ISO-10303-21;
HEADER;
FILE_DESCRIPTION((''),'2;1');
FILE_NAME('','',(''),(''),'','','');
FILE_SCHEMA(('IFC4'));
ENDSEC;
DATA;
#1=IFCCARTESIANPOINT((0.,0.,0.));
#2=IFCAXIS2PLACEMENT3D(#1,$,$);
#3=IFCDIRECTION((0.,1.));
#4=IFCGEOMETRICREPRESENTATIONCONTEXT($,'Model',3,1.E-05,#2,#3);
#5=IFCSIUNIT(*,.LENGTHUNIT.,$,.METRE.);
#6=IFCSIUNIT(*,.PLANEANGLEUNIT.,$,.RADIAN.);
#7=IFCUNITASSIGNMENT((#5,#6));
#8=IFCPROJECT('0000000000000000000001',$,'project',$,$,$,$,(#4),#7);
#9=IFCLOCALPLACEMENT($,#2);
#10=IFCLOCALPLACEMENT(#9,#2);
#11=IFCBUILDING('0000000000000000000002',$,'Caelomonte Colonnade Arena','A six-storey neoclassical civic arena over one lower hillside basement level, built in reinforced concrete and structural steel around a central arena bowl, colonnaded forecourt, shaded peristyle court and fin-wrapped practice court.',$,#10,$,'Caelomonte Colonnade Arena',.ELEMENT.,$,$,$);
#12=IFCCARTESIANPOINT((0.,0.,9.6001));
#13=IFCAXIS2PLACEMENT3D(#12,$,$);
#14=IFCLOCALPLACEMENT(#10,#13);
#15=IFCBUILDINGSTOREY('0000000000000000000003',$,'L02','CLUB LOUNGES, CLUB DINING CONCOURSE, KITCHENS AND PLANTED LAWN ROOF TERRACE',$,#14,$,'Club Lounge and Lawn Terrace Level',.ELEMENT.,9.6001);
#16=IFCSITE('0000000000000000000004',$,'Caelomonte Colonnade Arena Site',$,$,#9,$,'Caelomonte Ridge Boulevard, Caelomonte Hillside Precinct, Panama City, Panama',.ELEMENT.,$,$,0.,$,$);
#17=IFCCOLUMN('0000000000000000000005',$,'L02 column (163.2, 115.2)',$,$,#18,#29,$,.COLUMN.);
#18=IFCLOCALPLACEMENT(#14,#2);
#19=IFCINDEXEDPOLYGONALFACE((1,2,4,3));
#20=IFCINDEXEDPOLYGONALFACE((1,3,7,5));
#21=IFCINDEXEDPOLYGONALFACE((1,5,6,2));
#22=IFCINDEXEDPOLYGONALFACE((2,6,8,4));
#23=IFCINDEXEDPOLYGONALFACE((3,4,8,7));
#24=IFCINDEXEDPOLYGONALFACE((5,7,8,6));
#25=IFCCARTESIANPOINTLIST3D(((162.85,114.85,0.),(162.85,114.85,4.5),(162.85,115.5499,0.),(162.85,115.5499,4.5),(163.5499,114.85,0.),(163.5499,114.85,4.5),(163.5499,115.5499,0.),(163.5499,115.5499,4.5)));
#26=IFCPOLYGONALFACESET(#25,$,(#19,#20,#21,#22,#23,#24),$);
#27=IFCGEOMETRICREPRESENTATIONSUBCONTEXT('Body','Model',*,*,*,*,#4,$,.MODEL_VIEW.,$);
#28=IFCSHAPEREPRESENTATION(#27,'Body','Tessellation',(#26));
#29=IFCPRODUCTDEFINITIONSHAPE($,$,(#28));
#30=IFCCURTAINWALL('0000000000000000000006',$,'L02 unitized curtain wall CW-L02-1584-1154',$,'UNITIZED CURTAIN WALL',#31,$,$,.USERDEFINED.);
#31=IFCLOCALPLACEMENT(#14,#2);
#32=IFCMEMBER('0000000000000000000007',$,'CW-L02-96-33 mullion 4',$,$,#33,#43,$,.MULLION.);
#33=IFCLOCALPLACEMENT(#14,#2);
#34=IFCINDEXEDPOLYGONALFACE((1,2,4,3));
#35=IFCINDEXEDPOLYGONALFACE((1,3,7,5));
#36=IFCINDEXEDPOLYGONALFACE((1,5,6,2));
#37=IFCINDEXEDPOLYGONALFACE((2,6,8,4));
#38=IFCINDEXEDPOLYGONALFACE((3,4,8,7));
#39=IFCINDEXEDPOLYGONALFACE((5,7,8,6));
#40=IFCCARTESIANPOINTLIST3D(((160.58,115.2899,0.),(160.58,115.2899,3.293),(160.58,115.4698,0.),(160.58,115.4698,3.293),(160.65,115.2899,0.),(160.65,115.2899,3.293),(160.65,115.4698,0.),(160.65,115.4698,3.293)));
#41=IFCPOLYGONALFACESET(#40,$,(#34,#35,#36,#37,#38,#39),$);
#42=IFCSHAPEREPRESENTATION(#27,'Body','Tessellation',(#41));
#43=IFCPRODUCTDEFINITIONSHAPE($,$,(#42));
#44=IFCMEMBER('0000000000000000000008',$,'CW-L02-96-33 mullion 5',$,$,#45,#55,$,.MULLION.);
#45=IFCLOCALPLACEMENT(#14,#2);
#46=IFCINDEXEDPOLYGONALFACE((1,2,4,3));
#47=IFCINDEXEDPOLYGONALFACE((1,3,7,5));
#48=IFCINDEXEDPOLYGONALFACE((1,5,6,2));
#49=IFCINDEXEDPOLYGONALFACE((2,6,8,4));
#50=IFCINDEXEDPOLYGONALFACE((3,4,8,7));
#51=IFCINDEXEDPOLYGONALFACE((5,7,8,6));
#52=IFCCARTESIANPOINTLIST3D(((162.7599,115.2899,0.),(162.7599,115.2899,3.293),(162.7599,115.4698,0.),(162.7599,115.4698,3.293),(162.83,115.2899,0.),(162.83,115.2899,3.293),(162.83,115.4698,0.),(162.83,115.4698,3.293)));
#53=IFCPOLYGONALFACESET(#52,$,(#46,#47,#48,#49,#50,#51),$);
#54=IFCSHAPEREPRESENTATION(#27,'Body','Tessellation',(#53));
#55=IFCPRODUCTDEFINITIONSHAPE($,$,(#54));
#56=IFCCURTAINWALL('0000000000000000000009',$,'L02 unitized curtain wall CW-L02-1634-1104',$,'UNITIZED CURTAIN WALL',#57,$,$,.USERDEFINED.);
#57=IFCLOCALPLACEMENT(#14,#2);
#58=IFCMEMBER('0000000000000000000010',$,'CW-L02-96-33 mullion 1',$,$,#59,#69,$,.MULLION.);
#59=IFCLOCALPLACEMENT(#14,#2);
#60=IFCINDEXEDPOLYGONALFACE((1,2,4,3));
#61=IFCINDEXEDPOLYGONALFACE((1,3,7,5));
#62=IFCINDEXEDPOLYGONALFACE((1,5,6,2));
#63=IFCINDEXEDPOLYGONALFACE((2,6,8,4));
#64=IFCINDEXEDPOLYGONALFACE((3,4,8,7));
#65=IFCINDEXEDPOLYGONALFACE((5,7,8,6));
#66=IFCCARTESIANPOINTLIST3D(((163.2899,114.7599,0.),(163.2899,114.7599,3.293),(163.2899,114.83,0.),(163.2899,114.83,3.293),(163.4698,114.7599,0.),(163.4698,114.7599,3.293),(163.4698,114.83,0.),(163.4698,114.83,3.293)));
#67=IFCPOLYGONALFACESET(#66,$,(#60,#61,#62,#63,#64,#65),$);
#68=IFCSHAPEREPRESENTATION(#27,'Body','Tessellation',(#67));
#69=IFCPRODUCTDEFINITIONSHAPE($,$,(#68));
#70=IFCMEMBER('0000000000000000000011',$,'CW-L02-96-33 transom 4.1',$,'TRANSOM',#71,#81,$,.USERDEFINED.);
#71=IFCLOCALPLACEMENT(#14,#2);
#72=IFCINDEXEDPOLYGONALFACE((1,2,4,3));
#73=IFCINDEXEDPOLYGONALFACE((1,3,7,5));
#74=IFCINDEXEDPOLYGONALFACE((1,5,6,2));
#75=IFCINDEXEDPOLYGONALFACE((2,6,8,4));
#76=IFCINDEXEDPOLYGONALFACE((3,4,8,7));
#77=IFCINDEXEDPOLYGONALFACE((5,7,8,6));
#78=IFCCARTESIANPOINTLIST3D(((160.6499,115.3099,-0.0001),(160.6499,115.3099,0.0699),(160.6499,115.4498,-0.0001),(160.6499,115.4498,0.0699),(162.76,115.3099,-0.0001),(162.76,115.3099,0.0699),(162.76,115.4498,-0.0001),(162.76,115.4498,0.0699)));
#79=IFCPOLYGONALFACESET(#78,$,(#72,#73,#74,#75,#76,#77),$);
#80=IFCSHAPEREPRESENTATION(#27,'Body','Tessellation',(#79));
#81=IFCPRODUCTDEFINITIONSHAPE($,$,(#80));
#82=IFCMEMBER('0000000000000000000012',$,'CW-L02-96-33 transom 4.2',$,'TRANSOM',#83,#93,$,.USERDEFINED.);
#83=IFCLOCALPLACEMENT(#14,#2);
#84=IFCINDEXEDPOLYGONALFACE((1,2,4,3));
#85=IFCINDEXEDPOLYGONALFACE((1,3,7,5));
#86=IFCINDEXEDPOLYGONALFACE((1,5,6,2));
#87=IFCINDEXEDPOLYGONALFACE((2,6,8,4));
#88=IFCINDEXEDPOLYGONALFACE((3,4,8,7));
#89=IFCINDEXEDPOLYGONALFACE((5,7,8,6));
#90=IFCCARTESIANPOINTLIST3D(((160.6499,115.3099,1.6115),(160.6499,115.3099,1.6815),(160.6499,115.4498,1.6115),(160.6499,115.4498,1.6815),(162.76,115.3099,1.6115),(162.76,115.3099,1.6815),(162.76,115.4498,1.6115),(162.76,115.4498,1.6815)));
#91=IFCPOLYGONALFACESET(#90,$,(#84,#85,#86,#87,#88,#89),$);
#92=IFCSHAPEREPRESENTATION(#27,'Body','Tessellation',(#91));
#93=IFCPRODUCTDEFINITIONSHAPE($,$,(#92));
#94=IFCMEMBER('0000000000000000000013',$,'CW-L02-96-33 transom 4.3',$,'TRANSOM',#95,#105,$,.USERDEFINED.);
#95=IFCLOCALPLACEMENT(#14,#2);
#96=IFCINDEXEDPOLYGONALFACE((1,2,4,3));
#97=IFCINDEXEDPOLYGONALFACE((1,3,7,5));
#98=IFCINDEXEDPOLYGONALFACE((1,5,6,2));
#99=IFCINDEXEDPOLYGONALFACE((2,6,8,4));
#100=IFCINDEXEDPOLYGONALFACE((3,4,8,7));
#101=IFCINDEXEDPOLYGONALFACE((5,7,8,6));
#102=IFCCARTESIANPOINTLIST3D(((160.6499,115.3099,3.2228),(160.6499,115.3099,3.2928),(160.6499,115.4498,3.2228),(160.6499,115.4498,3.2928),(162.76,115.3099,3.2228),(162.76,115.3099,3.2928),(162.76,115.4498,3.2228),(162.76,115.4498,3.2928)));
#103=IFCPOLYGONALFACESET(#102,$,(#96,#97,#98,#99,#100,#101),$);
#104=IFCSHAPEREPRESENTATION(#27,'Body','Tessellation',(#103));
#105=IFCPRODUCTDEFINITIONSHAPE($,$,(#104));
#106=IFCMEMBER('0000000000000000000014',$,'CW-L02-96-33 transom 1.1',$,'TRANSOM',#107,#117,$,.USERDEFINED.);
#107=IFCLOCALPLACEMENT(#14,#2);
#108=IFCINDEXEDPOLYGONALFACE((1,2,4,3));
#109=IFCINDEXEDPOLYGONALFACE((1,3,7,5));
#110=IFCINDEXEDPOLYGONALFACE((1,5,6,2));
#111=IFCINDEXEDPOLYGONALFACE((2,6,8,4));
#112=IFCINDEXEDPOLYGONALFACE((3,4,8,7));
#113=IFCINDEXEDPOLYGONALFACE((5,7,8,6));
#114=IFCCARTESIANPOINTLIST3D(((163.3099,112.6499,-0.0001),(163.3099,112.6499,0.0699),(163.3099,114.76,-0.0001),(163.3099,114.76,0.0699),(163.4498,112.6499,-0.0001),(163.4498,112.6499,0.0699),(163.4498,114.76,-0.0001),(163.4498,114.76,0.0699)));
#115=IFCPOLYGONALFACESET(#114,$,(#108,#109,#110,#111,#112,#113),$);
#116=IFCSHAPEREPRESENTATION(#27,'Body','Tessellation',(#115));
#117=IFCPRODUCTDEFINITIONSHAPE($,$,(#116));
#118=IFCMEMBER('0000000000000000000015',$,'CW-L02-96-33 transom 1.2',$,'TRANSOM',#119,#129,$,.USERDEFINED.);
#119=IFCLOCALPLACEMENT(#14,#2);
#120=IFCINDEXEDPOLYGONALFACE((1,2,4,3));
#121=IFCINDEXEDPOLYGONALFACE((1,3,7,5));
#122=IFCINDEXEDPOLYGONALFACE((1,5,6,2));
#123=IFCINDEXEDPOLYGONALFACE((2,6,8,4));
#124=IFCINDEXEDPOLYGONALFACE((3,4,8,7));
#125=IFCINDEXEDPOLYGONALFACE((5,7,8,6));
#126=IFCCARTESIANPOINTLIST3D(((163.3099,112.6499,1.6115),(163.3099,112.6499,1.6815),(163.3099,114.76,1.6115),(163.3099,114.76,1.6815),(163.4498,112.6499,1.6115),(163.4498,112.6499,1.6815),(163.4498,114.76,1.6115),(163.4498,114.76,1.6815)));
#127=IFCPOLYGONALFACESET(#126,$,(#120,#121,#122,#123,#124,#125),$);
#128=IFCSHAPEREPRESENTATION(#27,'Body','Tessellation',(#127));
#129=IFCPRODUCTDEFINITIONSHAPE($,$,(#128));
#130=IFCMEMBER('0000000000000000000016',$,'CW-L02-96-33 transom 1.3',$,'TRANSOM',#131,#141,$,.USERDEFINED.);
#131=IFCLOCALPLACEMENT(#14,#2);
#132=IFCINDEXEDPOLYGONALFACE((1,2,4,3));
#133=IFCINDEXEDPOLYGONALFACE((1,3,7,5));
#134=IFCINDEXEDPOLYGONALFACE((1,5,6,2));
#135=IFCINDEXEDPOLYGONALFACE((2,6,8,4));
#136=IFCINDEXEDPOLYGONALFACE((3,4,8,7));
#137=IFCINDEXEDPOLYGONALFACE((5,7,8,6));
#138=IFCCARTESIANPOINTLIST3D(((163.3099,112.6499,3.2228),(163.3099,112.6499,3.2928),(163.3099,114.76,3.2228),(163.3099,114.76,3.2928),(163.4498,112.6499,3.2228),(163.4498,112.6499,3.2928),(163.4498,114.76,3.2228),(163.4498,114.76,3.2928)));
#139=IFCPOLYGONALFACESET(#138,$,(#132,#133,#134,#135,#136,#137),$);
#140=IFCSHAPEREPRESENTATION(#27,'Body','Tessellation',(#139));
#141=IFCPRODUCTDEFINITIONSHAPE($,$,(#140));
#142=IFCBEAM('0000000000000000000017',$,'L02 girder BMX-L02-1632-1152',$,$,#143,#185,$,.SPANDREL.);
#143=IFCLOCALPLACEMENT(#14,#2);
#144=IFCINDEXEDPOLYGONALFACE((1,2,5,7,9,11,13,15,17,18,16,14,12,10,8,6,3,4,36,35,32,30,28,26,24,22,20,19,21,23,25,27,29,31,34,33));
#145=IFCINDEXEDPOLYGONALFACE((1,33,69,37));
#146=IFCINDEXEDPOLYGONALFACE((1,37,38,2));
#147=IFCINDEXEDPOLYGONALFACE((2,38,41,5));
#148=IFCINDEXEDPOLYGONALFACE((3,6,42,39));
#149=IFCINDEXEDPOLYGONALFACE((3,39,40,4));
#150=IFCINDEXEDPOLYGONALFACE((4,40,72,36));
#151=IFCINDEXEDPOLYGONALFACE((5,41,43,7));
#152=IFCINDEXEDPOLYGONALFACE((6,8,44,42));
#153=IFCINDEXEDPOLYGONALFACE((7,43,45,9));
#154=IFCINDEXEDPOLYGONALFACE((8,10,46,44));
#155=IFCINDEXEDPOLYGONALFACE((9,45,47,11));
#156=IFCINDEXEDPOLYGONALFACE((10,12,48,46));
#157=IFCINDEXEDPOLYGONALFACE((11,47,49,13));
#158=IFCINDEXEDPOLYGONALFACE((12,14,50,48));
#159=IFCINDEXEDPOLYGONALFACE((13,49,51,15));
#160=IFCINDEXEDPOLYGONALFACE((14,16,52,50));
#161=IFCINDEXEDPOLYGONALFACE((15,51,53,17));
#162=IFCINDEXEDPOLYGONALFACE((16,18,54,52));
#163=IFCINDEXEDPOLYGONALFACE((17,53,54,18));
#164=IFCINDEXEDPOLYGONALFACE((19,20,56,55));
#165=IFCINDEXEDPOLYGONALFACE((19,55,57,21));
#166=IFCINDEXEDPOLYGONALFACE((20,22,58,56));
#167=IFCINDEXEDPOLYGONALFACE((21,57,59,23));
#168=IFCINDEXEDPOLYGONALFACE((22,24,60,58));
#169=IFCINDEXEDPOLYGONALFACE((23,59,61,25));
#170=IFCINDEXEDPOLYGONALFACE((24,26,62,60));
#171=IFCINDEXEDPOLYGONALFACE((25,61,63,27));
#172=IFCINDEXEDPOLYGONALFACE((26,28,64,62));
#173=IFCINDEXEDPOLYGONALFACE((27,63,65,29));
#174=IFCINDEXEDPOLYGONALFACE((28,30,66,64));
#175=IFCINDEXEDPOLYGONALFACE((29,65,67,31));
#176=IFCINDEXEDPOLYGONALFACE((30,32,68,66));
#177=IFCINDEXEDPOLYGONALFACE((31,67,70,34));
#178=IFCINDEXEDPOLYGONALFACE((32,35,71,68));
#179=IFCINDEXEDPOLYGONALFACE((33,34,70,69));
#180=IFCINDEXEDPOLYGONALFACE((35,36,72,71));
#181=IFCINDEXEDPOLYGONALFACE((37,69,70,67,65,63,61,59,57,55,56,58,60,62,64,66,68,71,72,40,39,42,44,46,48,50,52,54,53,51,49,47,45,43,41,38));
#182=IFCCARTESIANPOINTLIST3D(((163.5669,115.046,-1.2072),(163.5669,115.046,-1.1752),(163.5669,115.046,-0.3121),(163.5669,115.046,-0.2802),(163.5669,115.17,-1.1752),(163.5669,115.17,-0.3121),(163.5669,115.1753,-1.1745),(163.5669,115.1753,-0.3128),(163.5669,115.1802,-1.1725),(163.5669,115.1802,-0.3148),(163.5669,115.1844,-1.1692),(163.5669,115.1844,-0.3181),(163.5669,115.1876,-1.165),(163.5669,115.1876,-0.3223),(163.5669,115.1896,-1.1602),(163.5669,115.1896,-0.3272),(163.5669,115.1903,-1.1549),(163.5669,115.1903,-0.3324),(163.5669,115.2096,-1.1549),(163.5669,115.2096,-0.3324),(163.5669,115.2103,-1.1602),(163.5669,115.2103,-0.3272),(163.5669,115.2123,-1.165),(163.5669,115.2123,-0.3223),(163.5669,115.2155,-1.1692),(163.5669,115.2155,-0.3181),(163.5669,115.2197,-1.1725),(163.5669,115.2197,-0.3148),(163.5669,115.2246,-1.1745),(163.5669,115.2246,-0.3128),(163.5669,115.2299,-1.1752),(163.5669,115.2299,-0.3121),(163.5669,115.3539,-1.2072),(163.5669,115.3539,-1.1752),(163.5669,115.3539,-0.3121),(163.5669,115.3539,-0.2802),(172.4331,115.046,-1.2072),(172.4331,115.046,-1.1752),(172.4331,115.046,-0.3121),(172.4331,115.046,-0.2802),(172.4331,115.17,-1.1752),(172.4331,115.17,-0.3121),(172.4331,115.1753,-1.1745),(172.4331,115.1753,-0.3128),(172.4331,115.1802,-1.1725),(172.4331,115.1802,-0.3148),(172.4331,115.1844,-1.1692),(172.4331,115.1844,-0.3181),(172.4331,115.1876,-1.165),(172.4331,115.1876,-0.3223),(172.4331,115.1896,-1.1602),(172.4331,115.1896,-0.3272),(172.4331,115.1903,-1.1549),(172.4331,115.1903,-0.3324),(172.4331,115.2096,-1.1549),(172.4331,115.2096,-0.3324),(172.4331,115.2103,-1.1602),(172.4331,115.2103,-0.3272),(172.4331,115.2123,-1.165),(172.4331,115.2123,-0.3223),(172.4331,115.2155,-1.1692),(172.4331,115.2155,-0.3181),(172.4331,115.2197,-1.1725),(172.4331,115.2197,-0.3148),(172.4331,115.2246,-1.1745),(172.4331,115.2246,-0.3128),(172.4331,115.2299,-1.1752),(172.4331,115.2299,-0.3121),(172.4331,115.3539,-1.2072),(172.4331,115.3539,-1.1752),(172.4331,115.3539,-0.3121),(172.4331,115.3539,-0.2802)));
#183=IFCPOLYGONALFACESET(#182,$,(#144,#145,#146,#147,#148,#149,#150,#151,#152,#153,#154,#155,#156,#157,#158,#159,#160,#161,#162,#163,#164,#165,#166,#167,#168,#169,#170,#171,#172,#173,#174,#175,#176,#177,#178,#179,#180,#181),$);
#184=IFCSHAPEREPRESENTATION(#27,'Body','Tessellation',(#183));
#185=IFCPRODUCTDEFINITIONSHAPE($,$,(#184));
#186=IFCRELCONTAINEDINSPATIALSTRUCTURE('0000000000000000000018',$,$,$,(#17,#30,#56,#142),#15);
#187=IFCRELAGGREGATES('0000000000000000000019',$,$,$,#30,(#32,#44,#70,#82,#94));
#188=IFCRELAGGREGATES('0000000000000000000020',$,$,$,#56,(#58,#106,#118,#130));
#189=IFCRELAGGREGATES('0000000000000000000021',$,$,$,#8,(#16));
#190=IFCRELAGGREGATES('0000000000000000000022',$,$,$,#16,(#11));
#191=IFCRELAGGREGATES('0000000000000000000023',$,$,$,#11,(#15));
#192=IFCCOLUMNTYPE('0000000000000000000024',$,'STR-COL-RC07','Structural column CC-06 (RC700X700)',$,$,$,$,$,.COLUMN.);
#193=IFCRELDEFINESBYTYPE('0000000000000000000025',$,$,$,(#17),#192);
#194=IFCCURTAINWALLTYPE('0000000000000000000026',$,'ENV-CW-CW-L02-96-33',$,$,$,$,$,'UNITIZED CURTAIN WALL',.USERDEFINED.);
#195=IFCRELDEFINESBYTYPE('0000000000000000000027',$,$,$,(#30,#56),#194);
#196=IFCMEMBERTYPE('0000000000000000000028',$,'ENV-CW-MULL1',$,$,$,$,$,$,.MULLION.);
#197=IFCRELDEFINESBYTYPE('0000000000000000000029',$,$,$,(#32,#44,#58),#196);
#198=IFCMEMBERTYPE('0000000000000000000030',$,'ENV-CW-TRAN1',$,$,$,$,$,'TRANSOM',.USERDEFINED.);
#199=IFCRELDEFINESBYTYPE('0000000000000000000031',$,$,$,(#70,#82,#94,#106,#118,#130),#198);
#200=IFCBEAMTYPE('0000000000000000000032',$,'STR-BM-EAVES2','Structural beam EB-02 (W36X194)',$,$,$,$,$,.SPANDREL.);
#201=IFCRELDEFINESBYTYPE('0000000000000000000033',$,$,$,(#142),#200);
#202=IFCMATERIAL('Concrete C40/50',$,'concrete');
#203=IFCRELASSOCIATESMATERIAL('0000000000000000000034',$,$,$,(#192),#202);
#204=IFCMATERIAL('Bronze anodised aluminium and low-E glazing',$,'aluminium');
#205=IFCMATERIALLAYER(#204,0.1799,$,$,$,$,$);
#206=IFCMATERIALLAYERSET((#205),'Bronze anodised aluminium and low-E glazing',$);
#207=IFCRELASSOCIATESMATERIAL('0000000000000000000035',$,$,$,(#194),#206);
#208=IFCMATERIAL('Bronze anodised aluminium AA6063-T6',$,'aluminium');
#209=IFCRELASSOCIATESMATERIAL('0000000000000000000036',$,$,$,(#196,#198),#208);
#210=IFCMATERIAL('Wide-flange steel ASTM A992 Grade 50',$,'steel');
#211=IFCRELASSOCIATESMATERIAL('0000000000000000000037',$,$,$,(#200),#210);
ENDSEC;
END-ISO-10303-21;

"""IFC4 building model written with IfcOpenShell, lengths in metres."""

from ifc_helpers import new_model, si_unit, direction, frame, origin, origin_2d, place, context, subcontext, project, spatial, rectangle, i_section, extrude, material, layer, layer_set, material_profile, profile_set, type_object, element, aggregate, save


model = new_model("IFC4")

# Units and contexts
model_context = context("Model", 3, precision=1e-05, world=origin(), true_north=direction((0.0, 1.0)))
body_context = subcontext(model_context, "Body", "Model", "MODEL_VIEW")
ifc_project = project(units=[si_unit("LENGTHUNIT", "METRE"), si_unit("PLANEANGLEUNIT", "RADIAN")], contexts=[model_context])

# Site, building, storey
site_placement = place(None, origin())
site = spatial("IfcSite", under=ifc_project, at=site_placement, Name="Caelomonte Colonnade Arena Site", LongName="Caelomonte Ridge Boulevard, Caelomonte Hillside Precinct, Panama City, Panama", CompositionType="ELEMENT", RefElevation=0.0)
building_placement = place(site_placement, origin())
building = spatial("IfcBuilding", under=site, at=building_placement, Name="Caelomonte Colonnade Arena", Description="A six-storey neoclassical civic arena over one lower hillside basement level, built in reinforced concrete and structural steel around a central arena bowl, colonnaded forecourt, shaded peristyle court and fin-wrapped practice court.", LongName="Caelomonte Colonnade Arena", CompositionType="ELEMENT")
storey_placement = place(building_placement, frame((0.0, 0.0, 9.6001)))
storey = spatial("IfcBuildingStorey", under=building, at=storey_placement, Name="L02", Description="CLUB LOUNGES, CLUB DINING CONCOURSE, KITCHENS AND PLANTED LAWN ROOF TERRACE", LongName="Club Lounge and Lawn Terrace Level", CompositionType="ELEMENT", Elevation=9.6001)

# Column
ifc_material_1 = material(Name="Concrete C40/50", Category="concrete")
ifc_material_profile_1 = material_profile(ifc_material_1, rectangle(XDim=0.7, YDim=0.7, at=origin_2d()), Name="RC700X700")
ifc_profile_set_1 = profile_set([ifc_material_profile_1], Name="Concrete C40/50")
column_type = type_object("IfcColumnType", Name="STR-COL-RC07", Description="Structural column CC-06 (RC700X700)", PredefinedType="COLUMN", material=ifc_profile_set_1)
column_placement = place(storey_placement, frame((163.2, 115.2, 0.0), z_axis=(0.0, 0.0, 1.0), x_axis=(1.0, 0.0, 0.0)))
element("IfcColumn", 1, at=column_placement, inside=storey, type_object=column_type, Name="L02 column (163.2, 115.2)", PredefinedType="COLUMN", context=body_context, shape_type="SweptSolid", body=[
    extrude(rectangle(XDim=0.7, YDim=0.7, at=origin_2d()), origin(), (0.0, 0.0, 1.0), 4.5),
])

# Curtain wall, members
ifc_material_2 = material(Name="Bronze anodised aluminium and low-E glazing", Category="aluminium")
ifc_layer_1 = layer(ifc_material_2, 0.1799)
ifc_layer_set_1 = layer_set([ifc_layer_1], Name="Bronze anodised aluminium and low-E glazing")
curtain_wall_type = type_object("IfcCurtainWallType", Name="ENV-CW-CW-L02-96-33", ElementType="UNITIZED CURTAIN WALL", PredefinedType="USERDEFINED", material=ifc_layer_set_1)
curtain_wall_1_placement = place(storey_placement, origin())
curtain_wall_1 = element("IfcCurtainWall", 2, at=curtain_wall_1_placement, inside=storey, type_object=curtain_wall_type, Name="L02 unitized curtain wall CW-L02-1584-1154", ObjectType="UNITIZED CURTAIN WALL", PredefinedType="USERDEFINED")
ifc_material_3 = material(Name="Bronze anodised aluminium AA6063-T6", Category="aluminium")
ifc_material_profile_2 = material_profile(ifc_material_3, rectangle(XDim=0.0701, YDim=0.1799, at=origin_2d()), Name="CWM-70X180")
ifc_profile_set_2 = profile_set([ifc_material_profile_2], Name="Bronze anodised aluminium AA6063-T6")
member_type_1 = type_object("IfcMemberType", Name="ENV-CW-MULL1", PredefinedType="MULLION", material=ifc_profile_set_2)
member_1_placement = place(storey_placement, frame((160.615, 115.3799, 0.0), z_axis=(0.0, 0.0, 1.0), x_axis=(1.0, 0.0, 0.0)))
member_1 = element("IfcMember", 3, at=member_1_placement, type_object=member_type_1, Name="CW-L02-96-33 mullion 4", PredefinedType="MULLION", context=body_context, shape_type="SweptSolid", body=[
    extrude(rectangle(XDim=0.0701, YDim=0.1799, at=origin_2d()), origin(), (0.0, 0.0, 1.0), 3.293),
])
member_2_placement = place(storey_placement, frame((162.7949, 115.3799, 0.0), z_axis=(0.0, 0.0, 1.0), x_axis=(1.0, 0.0, 0.0)))
member_2 = element("IfcMember", 4, at=member_2_placement, type_object=member_type_1, Name="CW-L02-96-33 mullion 5", PredefinedType="MULLION", context=body_context, shape_type="SweptSolid", body=[
    extrude(rectangle(XDim=0.0701, YDim=0.1799, at=origin_2d()), origin(), (0.0, 0.0, 1.0), 3.293),
])

# Curtain wall, member
curtain_wall_2_placement = place(storey_placement, origin())
curtain_wall_2 = element("IfcCurtainWall", 5, at=curtain_wall_2_placement, inside=storey, type_object=curtain_wall_type, Name="L02 unitized curtain wall CW-L02-1634-1104", ObjectType="UNITIZED CURTAIN WALL", PredefinedType="USERDEFINED")
member_3_placement = place(storey_placement, frame((163.3799, 114.7949, 0.0), z_axis=(0.0, 0.0, 1.0), x_axis=(0.0, -1.0, 0.0)))
member_3 = element("IfcMember", 6, at=member_3_placement, type_object=member_type_1, Name="CW-L02-96-33 mullion 1", PredefinedType="MULLION", context=body_context, shape_type="SweptSolid", body=[
    extrude(rectangle(XDim=0.0701, YDim=0.1799, at=origin_2d()), origin(), (0.0, 0.0, 1.0), 3.293),
])

# Members
ifc_material_profile_3 = material_profile(ifc_material_3, rectangle(XDim=0.0701, YDim=0.1399, at=origin_2d()), Name="CWT-70X140")
ifc_profile_set_3 = profile_set([ifc_material_profile_3], Name="Bronze anodised aluminium AA6063-T6")
member_type_2 = type_object("IfcMemberType", Name="ENV-CW-TRAN1", ElementType="TRANSOM", PredefinedType="USERDEFINED", material=ifc_profile_set_3)
member_4_placement = place(storey_placement, frame((160.6499, 115.3799, 0.0349), z_axis=(1.0, 0.0, 0.0), x_axis=(0.0, 0.0, 1.0)))
member_4 = element("IfcMember", 7, at=member_4_placement, type_object=member_type_2, Name="CW-L02-96-33 transom 4.1", ObjectType="TRANSOM", PredefinedType="USERDEFINED", context=body_context, shape_type="SweptSolid", body=[
    extrude(rectangle(XDim=0.0701, YDim=0.1399, at=origin_2d()), origin(), (0.0, 0.0, 1.0), 2.1101),
])
member_5_placement = place(storey_placement, frame((160.6499, 115.3799, 1.6465), z_axis=(1.0, 0.0, 0.0), x_axis=(0.0, 0.0, 1.0)))
member_5 = element("IfcMember", 8, at=member_5_placement, type_object=member_type_2, Name="CW-L02-96-33 transom 4.2", ObjectType="TRANSOM", PredefinedType="USERDEFINED", context=body_context, shape_type="SweptSolid", body=[
    extrude(rectangle(XDim=0.0701, YDim=0.1399, at=origin_2d()), origin(), (0.0, 0.0, 1.0), 2.1101),
])
member_6_placement = place(storey_placement, frame((160.6499, 115.3799, 3.2578), z_axis=(1.0, 0.0, 0.0), x_axis=(0.0, 0.0, 1.0)))
member_6 = element("IfcMember", 9, at=member_6_placement, type_object=member_type_2, Name="CW-L02-96-33 transom 4.3", ObjectType="TRANSOM", PredefinedType="USERDEFINED", context=body_context, shape_type="SweptSolid", body=[
    extrude(rectangle(XDim=0.0701, YDim=0.1399, at=origin_2d()), origin(), (0.0, 0.0, 1.0), 2.1101),
])
member_7_placement = place(storey_placement, frame((163.3799, 114.76, 0.0349), z_axis=(0.0, -1.0, 0.0), x_axis=(0.0, 0.0, 1.0)))
member_7 = element("IfcMember", 10, at=member_7_placement, type_object=member_type_2, Name="CW-L02-96-33 transom 1.1", ObjectType="TRANSOM", PredefinedType="USERDEFINED", context=body_context, shape_type="SweptSolid", body=[
    extrude(rectangle(XDim=0.0701, YDim=0.1399, at=origin_2d()), origin(), (0.0, 0.0, 1.0), 2.1101),
])
member_8_placement = place(storey_placement, frame((163.3799, 114.76, 1.6465), z_axis=(0.0, -1.0, 0.0), x_axis=(0.0, 0.0, 1.0)))
member_8 = element("IfcMember", 11, at=member_8_placement, type_object=member_type_2, Name="CW-L02-96-33 transom 1.2", ObjectType="TRANSOM", PredefinedType="USERDEFINED", context=body_context, shape_type="SweptSolid", body=[
    extrude(rectangle(XDim=0.0701, YDim=0.1399, at=origin_2d()), origin(), (0.0, 0.0, 1.0), 2.1101),
])
member_9_placement = place(storey_placement, frame((163.3799, 114.76, 3.2578), z_axis=(0.0, -1.0, 0.0), x_axis=(0.0, 0.0, 1.0)))
member_9 = element("IfcMember", 12, at=member_9_placement, type_object=member_type_2, Name="CW-L02-96-33 transom 1.3", ObjectType="TRANSOM", PredefinedType="USERDEFINED", context=body_context, shape_type="SweptSolid", body=[
    extrude(rectangle(XDim=0.0701, YDim=0.1399, at=origin_2d()), origin(), (0.0, 0.0, 1.0), 2.1101),
])

# Beam
ifc_material_4 = material(Name="Wide-flange steel ASTM A992 Grade 50", Category="steel")
ifc_material_profile_4 = material_profile(ifc_material_4, i_section(OverallWidth=0.3079, OverallDepth=0.927, WebThickness=0.0193, FlangeThickness=0.032, FilletRadius=0.0203, at=origin_2d()), Name="W36X194")
ifc_profile_set_4 = profile_set([ifc_material_profile_4], Name="Wide-flange steel ASTM A992 Grade 50")
beam_type_1 = type_object("IfcBeamType", Name="STR-BM-EAVES2", Description="Structural beam EB-02 (W36X194)", PredefinedType="SPANDREL", material=ifc_profile_set_4)
for number, where, z_axis, x_axis, name in (
    (13, (163.5669, 115.2, -0.7437), (1.0, 0.0, 0.0), (0.0, 1.0, 0.0), "L02 girder BMX-L02-1632-1152"),
):
    element("IfcBeam", number, at=place(storey_placement, frame(where, z_axis=z_axis, x_axis=x_axis)), inside=storey, type_object=beam_type_1, Name=name, PredefinedType="SPANDREL", context=body_context, shape_type="SweptSolid", body=[
        extrude(i_section(OverallWidth=0.3079, OverallDepth=0.927, WebThickness=0.0193, FlangeThickness=0.032, FilletRadius=0.0203, at=origin_2d()), origin(), (0.0, 0.0, 1.0), 8.8662),
    ])

aggregate(curtain_wall_1, [member_1, member_2, member_4, member_5, member_6])
aggregate(curtain_wall_2, [member_3, member_7, member_8, member_9])

save(model, "model.ifc")
